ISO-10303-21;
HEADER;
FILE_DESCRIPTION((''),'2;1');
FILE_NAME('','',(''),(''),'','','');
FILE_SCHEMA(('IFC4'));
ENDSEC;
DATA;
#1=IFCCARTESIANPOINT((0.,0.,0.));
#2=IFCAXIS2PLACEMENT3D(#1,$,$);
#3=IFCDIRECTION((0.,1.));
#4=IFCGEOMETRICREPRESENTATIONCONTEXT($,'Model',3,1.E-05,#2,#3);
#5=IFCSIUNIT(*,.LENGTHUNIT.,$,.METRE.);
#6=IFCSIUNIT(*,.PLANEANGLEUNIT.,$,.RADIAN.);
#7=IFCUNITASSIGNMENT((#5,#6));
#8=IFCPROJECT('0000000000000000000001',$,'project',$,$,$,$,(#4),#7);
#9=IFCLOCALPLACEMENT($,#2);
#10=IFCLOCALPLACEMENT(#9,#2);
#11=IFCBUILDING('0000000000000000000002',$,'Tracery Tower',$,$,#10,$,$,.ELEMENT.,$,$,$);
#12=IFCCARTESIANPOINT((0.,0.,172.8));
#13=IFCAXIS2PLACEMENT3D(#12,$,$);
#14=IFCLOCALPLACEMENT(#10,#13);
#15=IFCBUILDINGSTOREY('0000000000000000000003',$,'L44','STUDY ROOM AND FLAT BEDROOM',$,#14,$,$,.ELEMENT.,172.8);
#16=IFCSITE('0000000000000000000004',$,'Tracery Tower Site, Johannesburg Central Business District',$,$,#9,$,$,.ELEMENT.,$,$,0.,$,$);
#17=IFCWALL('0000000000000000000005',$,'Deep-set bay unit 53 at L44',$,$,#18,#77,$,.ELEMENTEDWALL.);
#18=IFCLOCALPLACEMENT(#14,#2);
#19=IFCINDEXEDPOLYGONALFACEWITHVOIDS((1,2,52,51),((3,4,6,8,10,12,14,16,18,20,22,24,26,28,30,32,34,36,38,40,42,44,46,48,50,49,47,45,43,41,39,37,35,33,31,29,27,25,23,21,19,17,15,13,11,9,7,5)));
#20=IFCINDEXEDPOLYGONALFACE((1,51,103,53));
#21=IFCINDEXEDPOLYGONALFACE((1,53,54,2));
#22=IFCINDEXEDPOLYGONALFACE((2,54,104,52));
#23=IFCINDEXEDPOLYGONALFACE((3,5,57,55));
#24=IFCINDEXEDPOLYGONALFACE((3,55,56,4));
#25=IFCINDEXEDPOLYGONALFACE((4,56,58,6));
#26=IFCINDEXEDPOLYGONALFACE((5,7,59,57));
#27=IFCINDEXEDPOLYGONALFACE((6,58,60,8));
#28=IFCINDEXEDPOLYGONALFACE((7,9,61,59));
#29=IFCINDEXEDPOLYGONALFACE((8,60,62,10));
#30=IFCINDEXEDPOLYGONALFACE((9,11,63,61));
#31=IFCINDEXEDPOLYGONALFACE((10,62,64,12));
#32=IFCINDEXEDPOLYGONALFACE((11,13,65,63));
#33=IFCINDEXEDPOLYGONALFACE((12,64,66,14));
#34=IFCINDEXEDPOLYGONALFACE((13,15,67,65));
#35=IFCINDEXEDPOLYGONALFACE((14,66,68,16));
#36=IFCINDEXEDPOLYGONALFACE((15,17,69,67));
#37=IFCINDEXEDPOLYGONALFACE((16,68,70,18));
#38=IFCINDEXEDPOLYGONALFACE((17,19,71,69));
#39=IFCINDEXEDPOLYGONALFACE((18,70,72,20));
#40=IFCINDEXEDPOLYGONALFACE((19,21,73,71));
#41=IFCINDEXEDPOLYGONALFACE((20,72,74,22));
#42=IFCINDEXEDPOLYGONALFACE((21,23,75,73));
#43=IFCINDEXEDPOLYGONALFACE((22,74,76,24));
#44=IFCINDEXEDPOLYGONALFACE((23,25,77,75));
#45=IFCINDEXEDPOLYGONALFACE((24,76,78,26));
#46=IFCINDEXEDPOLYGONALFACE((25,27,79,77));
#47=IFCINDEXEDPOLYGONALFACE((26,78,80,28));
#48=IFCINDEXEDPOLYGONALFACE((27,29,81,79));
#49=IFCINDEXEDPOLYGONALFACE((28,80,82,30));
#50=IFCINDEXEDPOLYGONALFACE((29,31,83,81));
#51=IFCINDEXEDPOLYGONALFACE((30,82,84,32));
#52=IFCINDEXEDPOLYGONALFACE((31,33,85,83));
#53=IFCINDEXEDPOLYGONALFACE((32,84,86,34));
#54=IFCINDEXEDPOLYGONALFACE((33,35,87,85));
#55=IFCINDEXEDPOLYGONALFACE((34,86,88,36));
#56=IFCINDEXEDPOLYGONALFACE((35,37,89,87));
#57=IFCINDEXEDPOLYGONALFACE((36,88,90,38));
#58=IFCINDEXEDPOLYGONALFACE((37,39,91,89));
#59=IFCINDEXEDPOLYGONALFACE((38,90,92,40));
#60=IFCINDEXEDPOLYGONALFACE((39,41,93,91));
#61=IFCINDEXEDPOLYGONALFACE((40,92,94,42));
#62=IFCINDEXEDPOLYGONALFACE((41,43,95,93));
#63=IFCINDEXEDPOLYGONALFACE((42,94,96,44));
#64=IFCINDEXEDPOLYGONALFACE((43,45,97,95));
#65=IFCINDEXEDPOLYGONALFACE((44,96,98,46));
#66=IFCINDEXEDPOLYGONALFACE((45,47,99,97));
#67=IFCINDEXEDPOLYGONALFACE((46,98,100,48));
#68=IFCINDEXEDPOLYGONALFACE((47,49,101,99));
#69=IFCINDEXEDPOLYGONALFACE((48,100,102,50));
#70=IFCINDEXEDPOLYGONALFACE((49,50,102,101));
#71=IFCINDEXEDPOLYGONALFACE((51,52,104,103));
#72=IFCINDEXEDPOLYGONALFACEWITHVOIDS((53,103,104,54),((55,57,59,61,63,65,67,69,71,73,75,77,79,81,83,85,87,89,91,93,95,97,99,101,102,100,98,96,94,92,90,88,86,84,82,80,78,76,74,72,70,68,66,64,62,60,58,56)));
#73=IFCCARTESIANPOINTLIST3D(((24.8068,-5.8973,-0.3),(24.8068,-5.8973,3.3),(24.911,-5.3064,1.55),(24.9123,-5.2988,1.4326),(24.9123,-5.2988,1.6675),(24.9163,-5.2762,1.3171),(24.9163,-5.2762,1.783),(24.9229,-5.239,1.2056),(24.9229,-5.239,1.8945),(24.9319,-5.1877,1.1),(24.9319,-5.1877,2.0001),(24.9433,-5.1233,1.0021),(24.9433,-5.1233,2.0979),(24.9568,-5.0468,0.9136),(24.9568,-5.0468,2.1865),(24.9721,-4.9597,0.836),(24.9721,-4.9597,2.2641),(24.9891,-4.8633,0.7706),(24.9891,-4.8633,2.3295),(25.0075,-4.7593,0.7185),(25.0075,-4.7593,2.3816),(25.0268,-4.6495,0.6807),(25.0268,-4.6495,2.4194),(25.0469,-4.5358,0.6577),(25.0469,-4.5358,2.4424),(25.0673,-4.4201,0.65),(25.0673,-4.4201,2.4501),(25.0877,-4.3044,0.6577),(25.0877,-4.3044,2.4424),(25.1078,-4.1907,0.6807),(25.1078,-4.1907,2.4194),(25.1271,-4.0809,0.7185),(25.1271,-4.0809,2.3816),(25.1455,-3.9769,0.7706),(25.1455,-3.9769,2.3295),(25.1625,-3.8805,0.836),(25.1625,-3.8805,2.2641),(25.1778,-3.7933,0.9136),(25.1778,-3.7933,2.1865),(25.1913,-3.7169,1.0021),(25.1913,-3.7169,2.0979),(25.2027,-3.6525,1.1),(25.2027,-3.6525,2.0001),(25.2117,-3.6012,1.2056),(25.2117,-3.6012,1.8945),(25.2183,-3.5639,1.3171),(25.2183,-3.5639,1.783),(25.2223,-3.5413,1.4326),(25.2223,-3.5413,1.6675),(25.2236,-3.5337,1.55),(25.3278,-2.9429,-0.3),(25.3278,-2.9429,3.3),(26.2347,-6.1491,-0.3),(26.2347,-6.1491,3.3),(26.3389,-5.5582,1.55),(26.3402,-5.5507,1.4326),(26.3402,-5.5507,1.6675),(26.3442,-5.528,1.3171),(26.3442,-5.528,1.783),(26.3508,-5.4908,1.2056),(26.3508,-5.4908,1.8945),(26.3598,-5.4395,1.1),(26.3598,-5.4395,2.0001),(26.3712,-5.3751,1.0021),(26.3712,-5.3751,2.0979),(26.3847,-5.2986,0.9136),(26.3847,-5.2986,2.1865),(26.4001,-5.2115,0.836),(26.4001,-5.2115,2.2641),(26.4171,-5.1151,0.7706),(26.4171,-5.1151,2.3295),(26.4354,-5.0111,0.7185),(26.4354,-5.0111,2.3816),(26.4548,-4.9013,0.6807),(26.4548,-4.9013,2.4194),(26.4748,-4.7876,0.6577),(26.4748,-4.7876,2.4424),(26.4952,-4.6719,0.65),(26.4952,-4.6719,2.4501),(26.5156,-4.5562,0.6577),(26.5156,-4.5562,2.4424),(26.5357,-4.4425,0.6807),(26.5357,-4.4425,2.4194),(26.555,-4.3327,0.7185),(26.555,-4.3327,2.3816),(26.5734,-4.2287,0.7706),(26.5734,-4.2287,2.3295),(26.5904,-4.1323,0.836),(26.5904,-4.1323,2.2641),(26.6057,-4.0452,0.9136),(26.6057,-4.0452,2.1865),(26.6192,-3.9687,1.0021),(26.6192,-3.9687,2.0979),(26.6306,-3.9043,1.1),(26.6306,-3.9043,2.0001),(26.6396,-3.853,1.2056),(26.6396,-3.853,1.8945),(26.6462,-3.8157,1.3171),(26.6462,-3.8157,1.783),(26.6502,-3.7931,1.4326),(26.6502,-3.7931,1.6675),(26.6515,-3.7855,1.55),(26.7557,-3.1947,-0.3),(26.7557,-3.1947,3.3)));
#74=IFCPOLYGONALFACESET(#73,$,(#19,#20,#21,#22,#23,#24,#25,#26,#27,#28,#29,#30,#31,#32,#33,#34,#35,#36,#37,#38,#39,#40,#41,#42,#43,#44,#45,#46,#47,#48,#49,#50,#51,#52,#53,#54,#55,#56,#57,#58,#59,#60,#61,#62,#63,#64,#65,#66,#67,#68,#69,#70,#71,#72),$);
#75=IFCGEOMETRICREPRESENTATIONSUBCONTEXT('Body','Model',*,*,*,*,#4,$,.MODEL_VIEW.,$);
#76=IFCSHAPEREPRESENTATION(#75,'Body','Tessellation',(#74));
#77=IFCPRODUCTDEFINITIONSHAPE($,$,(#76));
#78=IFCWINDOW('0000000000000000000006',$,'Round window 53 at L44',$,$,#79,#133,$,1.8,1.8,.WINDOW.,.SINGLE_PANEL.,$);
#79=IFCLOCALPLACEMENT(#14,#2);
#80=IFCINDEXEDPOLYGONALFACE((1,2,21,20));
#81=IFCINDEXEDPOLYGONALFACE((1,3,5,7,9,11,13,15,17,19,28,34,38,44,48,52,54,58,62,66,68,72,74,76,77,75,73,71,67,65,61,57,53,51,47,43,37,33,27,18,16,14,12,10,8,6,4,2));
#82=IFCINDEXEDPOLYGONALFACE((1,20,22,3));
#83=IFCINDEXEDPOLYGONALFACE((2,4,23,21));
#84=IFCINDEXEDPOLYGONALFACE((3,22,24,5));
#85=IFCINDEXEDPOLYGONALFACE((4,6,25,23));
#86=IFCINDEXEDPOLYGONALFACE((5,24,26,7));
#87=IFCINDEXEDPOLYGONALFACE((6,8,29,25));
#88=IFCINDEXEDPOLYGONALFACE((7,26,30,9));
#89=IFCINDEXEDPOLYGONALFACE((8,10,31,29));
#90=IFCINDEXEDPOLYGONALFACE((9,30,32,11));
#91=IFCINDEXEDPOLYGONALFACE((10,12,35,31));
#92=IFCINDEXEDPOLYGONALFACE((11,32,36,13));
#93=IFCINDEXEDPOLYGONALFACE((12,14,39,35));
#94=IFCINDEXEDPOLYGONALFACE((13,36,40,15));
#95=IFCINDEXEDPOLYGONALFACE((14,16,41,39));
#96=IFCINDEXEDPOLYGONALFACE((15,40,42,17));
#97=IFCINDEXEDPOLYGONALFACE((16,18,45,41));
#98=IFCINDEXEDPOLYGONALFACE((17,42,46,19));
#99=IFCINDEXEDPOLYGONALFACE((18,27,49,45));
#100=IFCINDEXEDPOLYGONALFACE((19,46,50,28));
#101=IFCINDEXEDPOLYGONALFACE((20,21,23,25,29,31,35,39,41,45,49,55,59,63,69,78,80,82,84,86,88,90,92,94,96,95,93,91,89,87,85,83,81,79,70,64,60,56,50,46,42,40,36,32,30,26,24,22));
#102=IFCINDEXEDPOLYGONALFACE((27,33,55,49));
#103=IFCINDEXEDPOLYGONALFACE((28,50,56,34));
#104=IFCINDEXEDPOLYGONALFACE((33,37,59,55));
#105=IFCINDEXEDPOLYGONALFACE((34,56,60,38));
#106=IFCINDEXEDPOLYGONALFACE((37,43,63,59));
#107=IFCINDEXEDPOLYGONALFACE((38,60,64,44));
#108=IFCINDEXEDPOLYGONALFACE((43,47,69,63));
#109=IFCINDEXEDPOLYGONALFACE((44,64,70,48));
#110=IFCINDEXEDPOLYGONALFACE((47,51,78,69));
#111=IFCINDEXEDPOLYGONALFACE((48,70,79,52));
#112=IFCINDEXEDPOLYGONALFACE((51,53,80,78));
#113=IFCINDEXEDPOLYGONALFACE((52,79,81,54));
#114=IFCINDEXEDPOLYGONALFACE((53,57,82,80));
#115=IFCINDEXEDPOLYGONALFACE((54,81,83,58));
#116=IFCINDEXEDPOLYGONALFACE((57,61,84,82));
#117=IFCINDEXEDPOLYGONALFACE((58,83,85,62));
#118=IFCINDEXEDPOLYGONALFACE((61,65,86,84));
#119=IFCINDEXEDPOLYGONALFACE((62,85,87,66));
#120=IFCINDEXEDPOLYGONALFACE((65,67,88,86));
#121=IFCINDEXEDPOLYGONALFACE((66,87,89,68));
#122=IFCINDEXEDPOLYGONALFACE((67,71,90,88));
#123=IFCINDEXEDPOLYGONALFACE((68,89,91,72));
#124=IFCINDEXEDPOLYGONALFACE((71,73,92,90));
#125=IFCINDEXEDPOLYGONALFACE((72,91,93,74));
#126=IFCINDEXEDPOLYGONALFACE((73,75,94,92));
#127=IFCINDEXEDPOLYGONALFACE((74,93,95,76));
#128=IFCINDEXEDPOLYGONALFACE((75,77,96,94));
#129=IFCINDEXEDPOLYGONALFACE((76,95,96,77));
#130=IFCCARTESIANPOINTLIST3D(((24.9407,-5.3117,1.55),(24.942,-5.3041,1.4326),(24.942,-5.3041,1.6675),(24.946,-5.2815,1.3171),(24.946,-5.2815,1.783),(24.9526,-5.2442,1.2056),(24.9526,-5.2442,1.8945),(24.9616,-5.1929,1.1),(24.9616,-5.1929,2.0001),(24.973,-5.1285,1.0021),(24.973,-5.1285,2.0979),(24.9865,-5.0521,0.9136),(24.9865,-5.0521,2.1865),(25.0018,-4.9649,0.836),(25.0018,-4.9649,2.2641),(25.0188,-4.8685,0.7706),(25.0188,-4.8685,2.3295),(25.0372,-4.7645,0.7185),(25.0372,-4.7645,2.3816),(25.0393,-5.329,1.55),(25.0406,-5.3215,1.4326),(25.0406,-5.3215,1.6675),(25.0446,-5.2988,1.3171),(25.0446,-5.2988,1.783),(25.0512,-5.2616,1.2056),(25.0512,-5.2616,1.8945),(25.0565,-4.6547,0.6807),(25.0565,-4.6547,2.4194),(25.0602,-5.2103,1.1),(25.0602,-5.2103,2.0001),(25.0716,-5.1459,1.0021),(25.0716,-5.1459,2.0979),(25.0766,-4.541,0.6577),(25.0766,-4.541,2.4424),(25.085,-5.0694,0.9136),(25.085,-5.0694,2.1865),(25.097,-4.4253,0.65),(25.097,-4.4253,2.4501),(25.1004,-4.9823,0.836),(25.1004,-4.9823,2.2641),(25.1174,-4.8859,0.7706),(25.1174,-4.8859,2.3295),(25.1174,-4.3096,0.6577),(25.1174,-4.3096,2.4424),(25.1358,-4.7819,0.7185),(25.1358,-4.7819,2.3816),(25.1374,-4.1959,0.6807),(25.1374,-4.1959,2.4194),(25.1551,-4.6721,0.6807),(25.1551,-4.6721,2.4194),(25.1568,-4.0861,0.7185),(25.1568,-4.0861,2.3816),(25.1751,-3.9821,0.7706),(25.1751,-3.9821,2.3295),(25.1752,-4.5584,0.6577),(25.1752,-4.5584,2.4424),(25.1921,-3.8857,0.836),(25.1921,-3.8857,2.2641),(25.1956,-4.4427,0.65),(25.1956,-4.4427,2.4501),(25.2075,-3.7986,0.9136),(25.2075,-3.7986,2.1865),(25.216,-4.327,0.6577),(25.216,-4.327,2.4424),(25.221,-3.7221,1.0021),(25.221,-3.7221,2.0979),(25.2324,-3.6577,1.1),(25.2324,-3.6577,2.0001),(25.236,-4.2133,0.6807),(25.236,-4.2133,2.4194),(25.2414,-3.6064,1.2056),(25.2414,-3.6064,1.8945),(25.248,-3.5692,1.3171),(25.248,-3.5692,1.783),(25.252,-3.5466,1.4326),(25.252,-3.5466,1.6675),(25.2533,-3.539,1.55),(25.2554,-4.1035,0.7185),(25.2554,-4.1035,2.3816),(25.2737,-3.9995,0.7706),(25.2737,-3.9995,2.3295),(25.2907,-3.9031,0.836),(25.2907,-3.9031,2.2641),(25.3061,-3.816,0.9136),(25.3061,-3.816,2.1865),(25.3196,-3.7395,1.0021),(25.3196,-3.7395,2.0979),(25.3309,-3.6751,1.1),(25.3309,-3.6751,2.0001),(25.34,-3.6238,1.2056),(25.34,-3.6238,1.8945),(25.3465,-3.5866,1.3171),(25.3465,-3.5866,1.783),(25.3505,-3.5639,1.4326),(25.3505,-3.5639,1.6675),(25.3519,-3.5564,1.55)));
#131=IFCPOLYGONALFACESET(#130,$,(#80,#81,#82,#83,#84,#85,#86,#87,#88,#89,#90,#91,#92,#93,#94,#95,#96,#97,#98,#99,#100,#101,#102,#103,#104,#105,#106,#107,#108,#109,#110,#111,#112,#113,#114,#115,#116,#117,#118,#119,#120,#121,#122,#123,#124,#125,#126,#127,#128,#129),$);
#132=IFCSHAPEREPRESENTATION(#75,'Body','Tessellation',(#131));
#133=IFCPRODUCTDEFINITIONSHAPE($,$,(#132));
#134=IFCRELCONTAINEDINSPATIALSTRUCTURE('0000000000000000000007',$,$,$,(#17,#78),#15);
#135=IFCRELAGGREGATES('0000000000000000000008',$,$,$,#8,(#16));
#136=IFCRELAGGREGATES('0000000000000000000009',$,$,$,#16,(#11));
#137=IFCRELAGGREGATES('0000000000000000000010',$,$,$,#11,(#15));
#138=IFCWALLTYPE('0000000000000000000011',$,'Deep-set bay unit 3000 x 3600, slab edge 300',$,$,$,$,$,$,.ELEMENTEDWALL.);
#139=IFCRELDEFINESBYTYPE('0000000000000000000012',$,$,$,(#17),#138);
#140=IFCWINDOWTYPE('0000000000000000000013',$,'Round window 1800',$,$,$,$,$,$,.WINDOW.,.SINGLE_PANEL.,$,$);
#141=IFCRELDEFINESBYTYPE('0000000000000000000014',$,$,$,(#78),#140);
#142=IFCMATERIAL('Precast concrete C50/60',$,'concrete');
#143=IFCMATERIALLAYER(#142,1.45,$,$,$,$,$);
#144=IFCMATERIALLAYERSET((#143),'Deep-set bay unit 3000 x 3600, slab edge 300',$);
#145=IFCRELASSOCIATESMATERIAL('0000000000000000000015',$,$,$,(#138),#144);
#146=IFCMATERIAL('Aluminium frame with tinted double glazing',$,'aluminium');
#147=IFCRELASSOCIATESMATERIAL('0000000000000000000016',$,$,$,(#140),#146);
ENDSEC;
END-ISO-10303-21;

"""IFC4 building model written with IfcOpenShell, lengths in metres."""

from ifc_helpers import new_model, si_unit, direction, frame, frame_2d, origin, origin_2d, place, context, subcontext, project, spatial, rectangle, circle, extrude, material, layer, layer_set, type_object, element, fill, save


model = new_model("IFC4")

# Units and contexts
model_context = context("Model", 3, precision=1e-05, world=origin(), true_north=direction((0.0, 1.0)))
body_context = subcontext(model_context, "Body", "Model", "MODEL_VIEW")
ifc_project = project(units=[si_unit("LENGTHUNIT", "METRE"), si_unit("PLANEANGLEUNIT", "RADIAN")], contexts=[model_context])

# Site, building, storey
site_placement = place(None, origin())
site = spatial("IfcSite", under=ifc_project, at=site_placement, Name="Tracery Tower Site, Johannesburg Central Business District", CompositionType="ELEMENT", RefElevation=0.0)
building_placement = place(site_placement, origin())
building = spatial("IfcBuilding", under=site, at=building_placement, Name="Tracery Tower", CompositionType="ELEMENT")
storey_placement = place(building_placement, frame((0.0, 0.0, 172.8)))
storey = spatial("IfcBuildingStorey", under=building, at=storey_placement, Name="L44", Description="STUDY ROOM AND FLAT BEDROOM", CompositionType="ELEMENT", Elevation=172.8)

# Wall, opening, window
ifc_material_1 = material(Name="Precast concrete C50/60", Category="concrete")
ifc_layer_1 = layer(ifc_material_1, 1.45)
ifc_layer_set_1 = layer_set([ifc_layer_1], Name="Deep-set bay unit 3000 x 3600, slab edge 300")
wall_type_1 = type_object("IfcWallType", Name="Deep-set bay unit 3000 x 3600, slab edge 300", PredefinedType="ELEMENTEDWALL", material=ifc_layer_set_1)
wall_1_placement = place(storey_placement, frame((25.5208, -6.0232, -0.3), z_axis=(0.0, 0.0, 1.0), x_axis=(0.173669, 0.984804, 0.0)))
wall_1 = element("IfcWall", 1, at=wall_1_placement, inside=storey, type_object=wall_type_1, Name="Deep-set bay unit 53 at L44", PredefinedType="ELEMENTEDWALL", context=body_context, shape_type="SweptSolid", body=[
    extrude(rectangle(XDim=3.0, YDim=1.45, at=frame_2d((1.5, 0.0))), origin(), (0.0, 0.0, 1.0), 3.6001),
])
opening_1_placement = place(wall_1_placement, frame((1.5, 0.0, 1.8501)))
opening_1 = element("IfcOpeningElement", 2, at=opening_1_placement, cuts=wall_1, PredefinedType="OPENING", context=body_context, shape_type="SweptSolid", body=[
    extrude(circle(Radius=0.9, at=origin_2d()), frame((0.0, 0.7349, 0.0), z_axis=(0.0, -1.0, 0.0), x_axis=(1.0, 0.0, 0.0)), (0.0, 0.0, 1.0), 1.47),
])
ifc_material_2 = material(Name="Aluminium frame with tinted double glazing", Category="aluminium")
window_type = type_object("IfcWindowType", Name="Round window 1800", PartitioningType="SINGLE_PANEL", PredefinedType="WINDOW", material=ifc_material_2)
window_1_placement = place(opening_1_placement, origin())
window_1 = element("IfcWindow", 3, at=window_1_placement, inside=storey, type_object=window_type, Name="Round window 53 at L44", OverallHeight=1.8, OverallWidth=1.8, PartitioningType="SINGLE_PANEL", PredefinedType="WINDOW", context=body_context, shape_type="SweptSolid", body=[
    extrude(circle(Radius=0.9, at=origin_2d()), frame((0.0, 0.6948, 0.0), z_axis=(0.0, -1.0, 0.0), x_axis=(1.0, 0.0, 0.0)), (0.0, 0.0, 1.0), 0.1001),
])
fill(opening_1, window_1)

save(model, "model.ifc")
